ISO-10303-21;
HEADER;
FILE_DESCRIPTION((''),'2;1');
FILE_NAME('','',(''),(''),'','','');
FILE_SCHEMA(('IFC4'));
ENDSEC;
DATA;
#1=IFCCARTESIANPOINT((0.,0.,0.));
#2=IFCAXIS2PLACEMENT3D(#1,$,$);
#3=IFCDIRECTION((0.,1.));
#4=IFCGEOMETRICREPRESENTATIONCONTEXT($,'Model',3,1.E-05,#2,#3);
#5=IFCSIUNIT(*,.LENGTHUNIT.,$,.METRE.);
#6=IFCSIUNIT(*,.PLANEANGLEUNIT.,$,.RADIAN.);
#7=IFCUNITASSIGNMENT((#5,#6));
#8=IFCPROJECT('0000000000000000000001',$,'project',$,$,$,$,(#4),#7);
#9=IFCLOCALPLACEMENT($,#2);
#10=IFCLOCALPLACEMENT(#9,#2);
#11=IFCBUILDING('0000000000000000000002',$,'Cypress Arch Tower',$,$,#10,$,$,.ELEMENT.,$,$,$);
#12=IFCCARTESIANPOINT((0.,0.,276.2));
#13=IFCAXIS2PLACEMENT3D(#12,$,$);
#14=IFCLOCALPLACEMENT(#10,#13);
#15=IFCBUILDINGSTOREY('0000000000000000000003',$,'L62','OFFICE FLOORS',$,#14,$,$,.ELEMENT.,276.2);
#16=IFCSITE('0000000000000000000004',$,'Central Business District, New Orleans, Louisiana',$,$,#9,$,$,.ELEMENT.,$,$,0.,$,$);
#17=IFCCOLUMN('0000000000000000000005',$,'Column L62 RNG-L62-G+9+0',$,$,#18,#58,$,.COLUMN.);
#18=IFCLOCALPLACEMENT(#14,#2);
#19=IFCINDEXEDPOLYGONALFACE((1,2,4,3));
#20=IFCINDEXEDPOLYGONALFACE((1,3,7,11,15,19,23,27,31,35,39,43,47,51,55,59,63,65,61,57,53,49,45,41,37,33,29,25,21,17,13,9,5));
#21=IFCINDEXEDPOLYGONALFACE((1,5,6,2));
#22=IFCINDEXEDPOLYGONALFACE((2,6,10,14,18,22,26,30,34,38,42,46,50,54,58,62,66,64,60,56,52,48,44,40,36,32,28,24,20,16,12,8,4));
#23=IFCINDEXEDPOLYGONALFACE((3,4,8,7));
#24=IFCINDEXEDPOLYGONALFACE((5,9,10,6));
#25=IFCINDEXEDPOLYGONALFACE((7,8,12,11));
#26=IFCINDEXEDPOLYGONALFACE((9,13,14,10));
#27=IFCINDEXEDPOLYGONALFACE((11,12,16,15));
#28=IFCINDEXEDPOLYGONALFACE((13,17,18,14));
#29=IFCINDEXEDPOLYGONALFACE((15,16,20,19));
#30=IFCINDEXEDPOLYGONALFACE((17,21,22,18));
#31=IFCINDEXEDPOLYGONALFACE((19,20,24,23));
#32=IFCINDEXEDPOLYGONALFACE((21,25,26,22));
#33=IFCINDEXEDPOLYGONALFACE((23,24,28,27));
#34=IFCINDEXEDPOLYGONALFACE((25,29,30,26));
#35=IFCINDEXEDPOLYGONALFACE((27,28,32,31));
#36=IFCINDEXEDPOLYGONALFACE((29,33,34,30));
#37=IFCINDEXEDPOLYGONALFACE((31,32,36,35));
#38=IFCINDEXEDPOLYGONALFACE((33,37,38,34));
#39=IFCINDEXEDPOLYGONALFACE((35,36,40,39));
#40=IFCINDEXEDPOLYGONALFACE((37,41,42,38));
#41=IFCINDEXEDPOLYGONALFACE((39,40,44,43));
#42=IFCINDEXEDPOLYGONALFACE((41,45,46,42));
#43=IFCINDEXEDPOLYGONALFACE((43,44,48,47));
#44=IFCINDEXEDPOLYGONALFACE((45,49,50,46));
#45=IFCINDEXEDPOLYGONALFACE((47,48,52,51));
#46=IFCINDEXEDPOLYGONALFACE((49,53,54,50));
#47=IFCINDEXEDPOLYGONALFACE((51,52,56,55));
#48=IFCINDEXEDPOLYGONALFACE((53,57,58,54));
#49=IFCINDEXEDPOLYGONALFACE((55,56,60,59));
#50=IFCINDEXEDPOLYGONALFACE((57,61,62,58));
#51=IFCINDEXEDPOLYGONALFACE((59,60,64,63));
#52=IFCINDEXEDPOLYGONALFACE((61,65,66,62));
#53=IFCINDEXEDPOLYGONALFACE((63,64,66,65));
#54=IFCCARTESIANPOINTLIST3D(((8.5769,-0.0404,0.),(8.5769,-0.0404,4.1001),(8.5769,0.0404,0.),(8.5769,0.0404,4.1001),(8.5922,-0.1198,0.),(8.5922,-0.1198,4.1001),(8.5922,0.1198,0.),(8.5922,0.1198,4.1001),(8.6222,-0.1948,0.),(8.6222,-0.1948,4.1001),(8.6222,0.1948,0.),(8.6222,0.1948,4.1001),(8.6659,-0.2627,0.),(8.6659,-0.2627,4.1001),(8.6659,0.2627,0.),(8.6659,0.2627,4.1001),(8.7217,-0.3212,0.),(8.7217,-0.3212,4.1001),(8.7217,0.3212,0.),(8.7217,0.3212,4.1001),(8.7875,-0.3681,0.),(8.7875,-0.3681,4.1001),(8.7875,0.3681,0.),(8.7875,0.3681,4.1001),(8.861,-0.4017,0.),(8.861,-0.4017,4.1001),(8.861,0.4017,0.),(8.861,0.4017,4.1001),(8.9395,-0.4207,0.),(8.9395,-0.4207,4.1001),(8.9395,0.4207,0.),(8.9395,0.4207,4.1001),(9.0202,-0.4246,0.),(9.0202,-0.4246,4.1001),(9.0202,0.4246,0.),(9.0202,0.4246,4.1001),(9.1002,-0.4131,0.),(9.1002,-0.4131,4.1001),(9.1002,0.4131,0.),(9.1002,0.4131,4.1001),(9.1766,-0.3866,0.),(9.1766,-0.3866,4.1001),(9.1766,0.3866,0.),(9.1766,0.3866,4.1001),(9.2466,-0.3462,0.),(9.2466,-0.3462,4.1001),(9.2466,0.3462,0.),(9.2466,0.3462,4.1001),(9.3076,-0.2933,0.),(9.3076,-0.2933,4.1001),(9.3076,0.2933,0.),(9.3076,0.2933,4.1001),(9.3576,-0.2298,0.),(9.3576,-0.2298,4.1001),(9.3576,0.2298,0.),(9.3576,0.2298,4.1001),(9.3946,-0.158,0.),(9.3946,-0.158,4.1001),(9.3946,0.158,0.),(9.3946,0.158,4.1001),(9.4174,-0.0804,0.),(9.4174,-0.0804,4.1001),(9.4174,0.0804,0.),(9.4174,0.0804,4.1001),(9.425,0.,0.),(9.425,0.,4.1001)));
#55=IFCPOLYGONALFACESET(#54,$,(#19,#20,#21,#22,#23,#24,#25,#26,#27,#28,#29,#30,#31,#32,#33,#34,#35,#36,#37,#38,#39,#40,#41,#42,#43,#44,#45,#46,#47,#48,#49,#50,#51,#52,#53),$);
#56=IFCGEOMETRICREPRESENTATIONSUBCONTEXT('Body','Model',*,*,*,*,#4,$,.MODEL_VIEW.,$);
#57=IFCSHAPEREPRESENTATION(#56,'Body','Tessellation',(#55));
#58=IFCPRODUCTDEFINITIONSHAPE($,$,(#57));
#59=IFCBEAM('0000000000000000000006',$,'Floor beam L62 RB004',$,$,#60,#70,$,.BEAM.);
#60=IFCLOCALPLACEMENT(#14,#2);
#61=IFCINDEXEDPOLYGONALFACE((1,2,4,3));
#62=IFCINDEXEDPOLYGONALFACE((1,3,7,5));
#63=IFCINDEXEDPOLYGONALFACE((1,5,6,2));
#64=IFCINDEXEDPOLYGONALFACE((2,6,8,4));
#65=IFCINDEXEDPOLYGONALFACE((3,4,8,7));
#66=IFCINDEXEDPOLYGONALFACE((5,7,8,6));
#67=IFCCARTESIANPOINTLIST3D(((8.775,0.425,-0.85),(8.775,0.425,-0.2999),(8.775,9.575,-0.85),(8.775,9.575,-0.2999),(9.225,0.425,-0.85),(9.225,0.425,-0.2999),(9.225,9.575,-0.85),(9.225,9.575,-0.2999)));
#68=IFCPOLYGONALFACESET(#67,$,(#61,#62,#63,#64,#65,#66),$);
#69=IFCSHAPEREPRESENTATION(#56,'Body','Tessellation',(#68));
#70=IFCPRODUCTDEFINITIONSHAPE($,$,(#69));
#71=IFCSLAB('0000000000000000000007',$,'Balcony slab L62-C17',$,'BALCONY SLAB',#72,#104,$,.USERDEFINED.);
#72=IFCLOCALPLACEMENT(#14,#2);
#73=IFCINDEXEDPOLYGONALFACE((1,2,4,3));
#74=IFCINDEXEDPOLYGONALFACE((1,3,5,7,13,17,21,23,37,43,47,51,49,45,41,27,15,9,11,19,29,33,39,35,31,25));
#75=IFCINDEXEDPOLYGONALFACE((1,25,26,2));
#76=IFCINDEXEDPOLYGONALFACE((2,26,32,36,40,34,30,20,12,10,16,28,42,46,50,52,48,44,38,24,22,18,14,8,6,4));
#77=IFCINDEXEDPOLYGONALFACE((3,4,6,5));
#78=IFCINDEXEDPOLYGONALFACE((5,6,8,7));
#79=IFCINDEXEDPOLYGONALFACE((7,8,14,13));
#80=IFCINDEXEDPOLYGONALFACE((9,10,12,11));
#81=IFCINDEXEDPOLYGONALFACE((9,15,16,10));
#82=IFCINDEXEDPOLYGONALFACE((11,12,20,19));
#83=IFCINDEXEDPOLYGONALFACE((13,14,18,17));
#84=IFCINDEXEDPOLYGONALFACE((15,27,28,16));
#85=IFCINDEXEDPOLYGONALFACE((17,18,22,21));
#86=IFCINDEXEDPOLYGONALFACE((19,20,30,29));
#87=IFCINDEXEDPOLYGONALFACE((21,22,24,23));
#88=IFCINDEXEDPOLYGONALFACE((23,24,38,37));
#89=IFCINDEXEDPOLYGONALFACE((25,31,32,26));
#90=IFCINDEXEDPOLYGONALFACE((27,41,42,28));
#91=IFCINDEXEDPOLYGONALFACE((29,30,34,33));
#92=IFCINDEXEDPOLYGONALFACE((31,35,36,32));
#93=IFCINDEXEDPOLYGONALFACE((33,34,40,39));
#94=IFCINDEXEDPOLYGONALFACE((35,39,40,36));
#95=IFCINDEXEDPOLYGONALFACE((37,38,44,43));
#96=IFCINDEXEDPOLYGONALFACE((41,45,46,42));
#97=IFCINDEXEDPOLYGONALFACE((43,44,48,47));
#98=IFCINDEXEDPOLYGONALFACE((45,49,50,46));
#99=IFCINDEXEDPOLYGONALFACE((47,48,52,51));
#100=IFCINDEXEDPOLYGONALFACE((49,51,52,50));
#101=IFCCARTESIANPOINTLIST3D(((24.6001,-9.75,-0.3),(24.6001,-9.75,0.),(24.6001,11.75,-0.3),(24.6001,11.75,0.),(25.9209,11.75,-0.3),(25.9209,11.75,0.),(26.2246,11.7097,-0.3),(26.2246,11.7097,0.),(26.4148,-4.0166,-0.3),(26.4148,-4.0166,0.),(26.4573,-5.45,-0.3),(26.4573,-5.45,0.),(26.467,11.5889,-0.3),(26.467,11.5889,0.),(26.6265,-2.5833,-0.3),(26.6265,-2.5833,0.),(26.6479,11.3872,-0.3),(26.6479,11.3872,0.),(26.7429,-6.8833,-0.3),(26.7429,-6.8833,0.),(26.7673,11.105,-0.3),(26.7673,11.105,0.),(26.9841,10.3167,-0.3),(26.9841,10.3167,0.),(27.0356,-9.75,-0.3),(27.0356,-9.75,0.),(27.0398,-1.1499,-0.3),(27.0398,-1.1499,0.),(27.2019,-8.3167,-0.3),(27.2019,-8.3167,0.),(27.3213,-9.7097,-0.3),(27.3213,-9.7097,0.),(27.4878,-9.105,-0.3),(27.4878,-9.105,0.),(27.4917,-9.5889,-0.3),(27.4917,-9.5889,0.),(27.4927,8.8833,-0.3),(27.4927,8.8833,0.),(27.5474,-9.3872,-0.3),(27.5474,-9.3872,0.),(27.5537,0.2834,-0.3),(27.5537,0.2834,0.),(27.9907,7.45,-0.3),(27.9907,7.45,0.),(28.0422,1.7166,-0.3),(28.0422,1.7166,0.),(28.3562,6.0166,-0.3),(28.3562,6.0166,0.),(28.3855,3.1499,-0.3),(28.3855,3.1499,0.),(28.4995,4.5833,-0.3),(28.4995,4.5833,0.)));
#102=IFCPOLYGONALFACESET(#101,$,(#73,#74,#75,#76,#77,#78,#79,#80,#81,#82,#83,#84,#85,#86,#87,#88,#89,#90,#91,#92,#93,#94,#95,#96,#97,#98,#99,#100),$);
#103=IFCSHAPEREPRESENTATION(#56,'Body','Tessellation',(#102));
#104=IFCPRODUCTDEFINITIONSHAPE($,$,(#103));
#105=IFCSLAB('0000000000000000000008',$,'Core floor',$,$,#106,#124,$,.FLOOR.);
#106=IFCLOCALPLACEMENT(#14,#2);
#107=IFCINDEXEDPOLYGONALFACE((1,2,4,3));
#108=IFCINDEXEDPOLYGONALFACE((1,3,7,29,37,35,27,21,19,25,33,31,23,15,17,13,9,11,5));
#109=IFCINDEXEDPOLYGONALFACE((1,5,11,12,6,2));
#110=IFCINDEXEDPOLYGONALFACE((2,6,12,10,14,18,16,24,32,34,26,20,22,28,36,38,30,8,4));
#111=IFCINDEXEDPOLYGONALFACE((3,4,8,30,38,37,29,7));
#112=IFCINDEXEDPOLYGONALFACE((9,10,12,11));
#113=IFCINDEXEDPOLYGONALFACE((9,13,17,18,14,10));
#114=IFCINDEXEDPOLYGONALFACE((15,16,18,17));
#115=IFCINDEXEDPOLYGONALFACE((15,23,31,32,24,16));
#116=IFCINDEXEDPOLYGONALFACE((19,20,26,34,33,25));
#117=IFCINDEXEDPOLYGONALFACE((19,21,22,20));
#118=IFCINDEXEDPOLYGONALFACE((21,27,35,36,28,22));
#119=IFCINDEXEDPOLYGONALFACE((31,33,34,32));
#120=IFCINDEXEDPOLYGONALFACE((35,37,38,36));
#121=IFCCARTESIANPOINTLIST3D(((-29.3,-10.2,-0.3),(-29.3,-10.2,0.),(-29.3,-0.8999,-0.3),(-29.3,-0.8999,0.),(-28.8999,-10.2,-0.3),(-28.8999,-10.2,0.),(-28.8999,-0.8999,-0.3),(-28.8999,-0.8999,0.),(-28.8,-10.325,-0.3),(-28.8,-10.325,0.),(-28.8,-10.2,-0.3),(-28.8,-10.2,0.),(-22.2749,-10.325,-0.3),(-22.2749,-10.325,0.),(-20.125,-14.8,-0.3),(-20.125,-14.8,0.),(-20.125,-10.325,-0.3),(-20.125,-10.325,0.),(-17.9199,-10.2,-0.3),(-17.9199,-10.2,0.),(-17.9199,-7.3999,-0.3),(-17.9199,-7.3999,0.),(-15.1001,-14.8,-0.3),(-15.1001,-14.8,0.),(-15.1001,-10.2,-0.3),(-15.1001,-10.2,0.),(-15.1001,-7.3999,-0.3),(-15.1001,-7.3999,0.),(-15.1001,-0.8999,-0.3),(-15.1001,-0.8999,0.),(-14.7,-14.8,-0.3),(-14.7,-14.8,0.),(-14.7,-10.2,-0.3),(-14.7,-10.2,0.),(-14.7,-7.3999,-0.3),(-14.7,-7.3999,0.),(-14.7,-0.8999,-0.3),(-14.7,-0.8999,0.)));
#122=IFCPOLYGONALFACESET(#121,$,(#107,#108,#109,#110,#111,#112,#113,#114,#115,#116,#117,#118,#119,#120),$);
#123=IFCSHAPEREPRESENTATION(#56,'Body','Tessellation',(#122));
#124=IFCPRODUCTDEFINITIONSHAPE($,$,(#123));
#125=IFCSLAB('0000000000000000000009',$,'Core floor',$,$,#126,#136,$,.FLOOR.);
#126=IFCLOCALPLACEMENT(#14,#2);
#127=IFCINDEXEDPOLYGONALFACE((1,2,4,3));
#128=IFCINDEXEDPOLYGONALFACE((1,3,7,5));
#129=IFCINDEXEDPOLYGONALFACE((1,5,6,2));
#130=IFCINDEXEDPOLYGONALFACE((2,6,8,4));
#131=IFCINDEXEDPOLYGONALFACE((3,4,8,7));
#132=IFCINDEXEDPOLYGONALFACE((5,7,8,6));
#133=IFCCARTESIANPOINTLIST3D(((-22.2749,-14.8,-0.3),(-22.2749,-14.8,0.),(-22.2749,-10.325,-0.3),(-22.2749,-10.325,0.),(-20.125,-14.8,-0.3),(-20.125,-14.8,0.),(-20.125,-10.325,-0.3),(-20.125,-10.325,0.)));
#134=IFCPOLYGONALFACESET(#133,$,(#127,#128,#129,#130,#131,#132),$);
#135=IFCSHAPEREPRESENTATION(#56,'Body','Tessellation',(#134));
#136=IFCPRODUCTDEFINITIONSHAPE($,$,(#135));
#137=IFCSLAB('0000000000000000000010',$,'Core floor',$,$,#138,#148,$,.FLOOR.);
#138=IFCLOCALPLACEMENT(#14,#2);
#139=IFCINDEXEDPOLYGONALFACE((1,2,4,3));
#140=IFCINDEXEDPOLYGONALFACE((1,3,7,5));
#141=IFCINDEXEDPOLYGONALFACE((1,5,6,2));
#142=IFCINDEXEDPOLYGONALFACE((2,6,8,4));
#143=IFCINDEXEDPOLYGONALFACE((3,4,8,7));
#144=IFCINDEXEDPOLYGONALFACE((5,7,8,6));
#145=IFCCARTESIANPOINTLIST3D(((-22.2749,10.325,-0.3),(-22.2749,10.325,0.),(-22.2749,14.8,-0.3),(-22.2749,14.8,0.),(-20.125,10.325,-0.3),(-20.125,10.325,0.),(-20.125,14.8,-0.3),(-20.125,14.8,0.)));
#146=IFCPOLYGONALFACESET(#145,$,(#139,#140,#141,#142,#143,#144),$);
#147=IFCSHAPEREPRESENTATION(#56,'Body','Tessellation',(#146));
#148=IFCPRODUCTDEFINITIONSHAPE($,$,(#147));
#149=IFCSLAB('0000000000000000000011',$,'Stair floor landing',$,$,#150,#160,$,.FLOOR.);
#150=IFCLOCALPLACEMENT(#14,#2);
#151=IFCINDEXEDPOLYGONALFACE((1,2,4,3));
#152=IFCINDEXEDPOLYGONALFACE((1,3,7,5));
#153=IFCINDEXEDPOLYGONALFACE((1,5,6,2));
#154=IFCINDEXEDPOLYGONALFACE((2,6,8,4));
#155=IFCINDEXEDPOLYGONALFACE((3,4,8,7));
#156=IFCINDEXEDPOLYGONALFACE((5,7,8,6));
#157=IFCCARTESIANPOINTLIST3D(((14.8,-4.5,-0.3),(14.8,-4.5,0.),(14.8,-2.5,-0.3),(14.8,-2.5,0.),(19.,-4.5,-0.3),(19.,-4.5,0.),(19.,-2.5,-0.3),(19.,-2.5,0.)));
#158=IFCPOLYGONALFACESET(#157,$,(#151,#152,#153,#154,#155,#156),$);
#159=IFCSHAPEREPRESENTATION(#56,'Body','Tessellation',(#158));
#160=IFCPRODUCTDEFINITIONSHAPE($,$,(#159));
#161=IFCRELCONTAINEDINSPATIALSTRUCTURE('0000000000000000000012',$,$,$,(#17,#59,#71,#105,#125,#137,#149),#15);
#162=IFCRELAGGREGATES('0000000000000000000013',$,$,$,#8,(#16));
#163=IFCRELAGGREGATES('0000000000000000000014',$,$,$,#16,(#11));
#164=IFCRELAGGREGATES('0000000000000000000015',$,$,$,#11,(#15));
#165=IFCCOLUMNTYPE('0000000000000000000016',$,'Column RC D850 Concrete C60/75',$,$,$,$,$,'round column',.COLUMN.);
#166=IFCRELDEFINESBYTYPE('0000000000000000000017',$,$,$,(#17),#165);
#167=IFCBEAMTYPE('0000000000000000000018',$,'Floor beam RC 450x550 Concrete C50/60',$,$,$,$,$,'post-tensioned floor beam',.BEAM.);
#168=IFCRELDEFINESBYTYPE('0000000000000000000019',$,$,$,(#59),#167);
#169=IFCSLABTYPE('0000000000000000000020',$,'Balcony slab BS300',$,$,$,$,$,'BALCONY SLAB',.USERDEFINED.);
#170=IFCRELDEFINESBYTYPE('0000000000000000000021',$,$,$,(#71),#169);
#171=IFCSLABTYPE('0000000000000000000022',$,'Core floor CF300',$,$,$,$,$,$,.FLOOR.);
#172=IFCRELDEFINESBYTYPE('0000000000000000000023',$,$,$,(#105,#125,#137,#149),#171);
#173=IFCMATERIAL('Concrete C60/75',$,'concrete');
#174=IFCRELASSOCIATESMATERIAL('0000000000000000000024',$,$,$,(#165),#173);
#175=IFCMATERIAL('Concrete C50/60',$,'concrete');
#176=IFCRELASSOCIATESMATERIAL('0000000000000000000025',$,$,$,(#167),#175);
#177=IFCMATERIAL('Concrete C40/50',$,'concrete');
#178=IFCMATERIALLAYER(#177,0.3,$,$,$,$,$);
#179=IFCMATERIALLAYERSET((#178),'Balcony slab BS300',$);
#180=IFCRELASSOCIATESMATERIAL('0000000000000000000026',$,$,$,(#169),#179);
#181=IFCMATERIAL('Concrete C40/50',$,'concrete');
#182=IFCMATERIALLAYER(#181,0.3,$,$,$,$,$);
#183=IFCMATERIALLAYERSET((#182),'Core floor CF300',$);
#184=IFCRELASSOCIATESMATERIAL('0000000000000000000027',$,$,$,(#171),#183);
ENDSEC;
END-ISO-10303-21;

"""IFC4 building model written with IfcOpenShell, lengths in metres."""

from ifc_helpers import new_model, si_unit, direction, frame, origin, origin_2d, place, context, subcontext, project, spatial, polyline, rectangle, circle, outline, extrude, material, layer, layer_set, material_profile, profile_set, type_object, element, save


model = new_model("IFC4")

# Units and contexts
model_context = context("Model", 3, precision=1e-05, world=origin(), true_north=direction((0.0, 1.0)))
body_context = subcontext(model_context, "Body", "Model", "MODEL_VIEW")
ifc_project = project(units=[si_unit("LENGTHUNIT", "METRE"), si_unit("PLANEANGLEUNIT", "RADIAN")], contexts=[model_context])

# Site, building, storey
site_placement = place(None, origin())
site = spatial("IfcSite", under=ifc_project, at=site_placement, Name="Central Business District, New Orleans, Louisiana", CompositionType="ELEMENT", RefElevation=0.0)
building_placement = place(site_placement, origin())
building = spatial("IfcBuilding", under=site, at=building_placement, Name="Cypress Arch Tower", CompositionType="ELEMENT")
storey_placement = place(building_placement, frame((0.0, 0.0, 276.2)))
storey = spatial("IfcBuildingStorey", under=building, at=storey_placement, Name="L62", Description="OFFICE FLOORS", CompositionType="ELEMENT", Elevation=276.2)

# Column
ifc_material_1 = material(Name="Concrete C60/75", Category="concrete")
ifc_material_profile_1 = material_profile(ifc_material_1, circle(Radius=0.425, at=origin_2d()), Name="RC D850")
ifc_profile_set_1 = profile_set([ifc_material_profile_1], Name="Concrete C60/75")
column_type = type_object("IfcColumnType", Name="Column RC D850 Concrete C60/75", ElementType="round column", PredefinedType="COLUMN", material=ifc_profile_set_1)
column_placement = place(storey_placement, frame((9.0, 0.0, 0.0), z_axis=(0.0, 0.0, 1.0), x_axis=(1.0, 0.0, 0.0)))
element("IfcColumn", 1, at=column_placement, inside=storey, type_object=column_type, Name="Column L62 RNG-L62-G+9+0", PredefinedType="COLUMN", context=body_context, shape_type="SweptSolid", body=[
    extrude(circle(Radius=0.425, at=origin_2d()), origin(), (0.0, 0.0, 1.0), 4.1001),
])

# Beam
ifc_material_2 = material(Name="Concrete C50/60", Category="concrete")
ifc_material_profile_2 = material_profile(ifc_material_2, rectangle(XDim=0.45, YDim=0.55, at=origin_2d()), Name="RC 450x550")
ifc_profile_set_2 = profile_set([ifc_material_profile_2], Name="Concrete C50/60")
beam_type = type_object("IfcBeamType", Name="Floor beam RC 450x550 Concrete C50/60", ElementType="post-tensioned floor beam", PredefinedType="BEAM", material=ifc_profile_set_2)
beam_placement = place(storey_placement, frame((9.0, 0.425, -0.575), z_axis=(0.0, 1.0, 0.0), x_axis=(-1.0, 0.0, 0.0)))
element("IfcBeam", 2, at=beam_placement, inside=storey, type_object=beam_type, Name="Floor beam L62 RB004", PredefinedType="BEAM", context=body_context, shape_type="SweptSolid", body=[
    extrude(rectangle(XDim=0.45, YDim=0.55, at=origin_2d()), origin(), (0.0, 0.0, 1.0), 9.1499),
])

# Slabs
ifc_material_3 = material(Name="Concrete C40/50", Category="concrete")
ifc_layer_1 = layer(ifc_material_3, 0.3)
ifc_layer_set_1 = layer_set([ifc_layer_1], Name="Balcony slab BS300")
slab_type_1 = type_object("IfcSlabType", Name="Balcony slab BS300", ElementType="BALCONY SLAB", PredefinedType="USERDEFINED", material=ifc_layer_set_1)
slab_1_placement = place(storey_placement, frame((0.0, 0.0, -0.3)))
element("IfcSlab", 3, at=slab_1_placement, inside=storey, type_object=slab_type_1, Name="Balcony slab L62-C17", ObjectType="BALCONY SLAB", PredefinedType="USERDEFINED", context=body_context, shape_type="SweptSolid", body=[
    extrude(outline(polyline([(24.6001, -9.75), (27.0356, -9.75), (27.3213, -9.7097), (27.4917, -9.5889), (27.5474, -9.3872), (27.4878, -9.105), (27.2019, -8.3167), (26.7429, -6.8833), (26.4573, -5.45), (26.4148, -4.0166), (26.6265, -2.5833), (27.0398, -1.1499), (27.5537, 0.2834), (28.0422, 1.7166), (28.3855, 3.1499), (28.4995, 4.5833), (28.3562, 6.0166), (27.9907, 7.45), (27.4927, 8.8833), (26.9841, 10.3167), (26.7673, 11.105), (26.6479, 11.3872), (26.467, 11.5889), (26.2246, 11.7097), (25.9209, 11.75), (24.6001, 11.75), (24.6001, -9.75)])), origin(), (0.0, 0.0, 1.0), 0.3),
])
ifc_material_4 = material(Name="Concrete C40/50", Category="concrete")
ifc_layer_2 = layer(ifc_material_4, 0.3)
ifc_layer_set_2 = layer_set([ifc_layer_2], Name="Core floor CF300")
slab_type_2 = type_object("IfcSlabType", Name="Core floor CF300", PredefinedType="FLOOR", material=ifc_layer_set_2)
slab_2_placement = place(storey_placement, frame((0.0, 0.0, -0.3)))
element("IfcSlab", 4, at=slab_2_placement, inside=storey, type_object=slab_type_2, Name="Core floor", PredefinedType="FLOOR", context=body_context, shape_type="SweptSolid", body=[
    extrude(outline(polyline([(-28.8999, -10.2), (-29.3, -10.2), (-29.3, -0.8999), (-28.8999, -0.8999), (-15.1001, -0.8999), (-14.7, -0.8999), (-14.7, -7.3999), (-15.1001, -7.3999), (-17.9199, -7.3999), (-17.9199, -10.2), (-15.1001, -10.2), (-14.7, -10.2), (-14.7, -14.8), (-15.1001, -14.8), (-20.125, -14.8), (-20.125, -10.325), (-22.2749, -10.325), (-28.8, -10.325), (-28.8, -10.2), (-28.8999, -10.2)])), origin(), (0.0, 0.0, 1.0), 0.3),
])
slab_3_placement = place(storey_placement, frame((0.0, 0.0, -0.3)))
element("IfcSlab", 5, at=slab_3_placement, inside=storey, type_object=slab_type_2, Name="Core floor", PredefinedType="FLOOR", context=body_context, shape_type="SweptSolid", body=[
    extrude(outline(polyline([(-22.2749, -10.325), (-22.2749, -14.8), (-20.125, -14.8), (-20.125, -10.325), (-22.2749, -10.325)])), origin(), (0.0, 0.0, 1.0), 0.3),
])
slab_4_placement = place(storey_placement, frame((0.0, 0.0, -0.3)))
element("IfcSlab", 6, at=slab_4_placement, inside=storey, type_object=slab_type_2, Name="Core floor", PredefinedType="FLOOR", context=body_context, shape_type="SweptSolid", body=[
    extrude(outline(polyline([(-20.125, 14.8), (-22.2749, 14.8), (-22.2749, 10.325), (-20.125, 10.325), (-20.125, 14.8)])), origin(), (0.0, 0.0, 1.0), 0.3),
])
slab_5_placement = place(storey_placement, frame((0.0, 0.0, -0.3)))
element("IfcSlab", 7, at=slab_5_placement, inside=storey, type_object=slab_type_2, Name="Stair floor landing", PredefinedType="FLOOR", context=body_context, shape_type="SweptSolid", body=[
    extrude(outline(polyline([(19.0, -4.5), (19.0, -2.5), (14.8, -2.5), (14.8, -4.5), (19.0, -4.5)])), origin(), (0.0, 0.0, 1.0), 0.3),
])

save(model, "model.ifc")
